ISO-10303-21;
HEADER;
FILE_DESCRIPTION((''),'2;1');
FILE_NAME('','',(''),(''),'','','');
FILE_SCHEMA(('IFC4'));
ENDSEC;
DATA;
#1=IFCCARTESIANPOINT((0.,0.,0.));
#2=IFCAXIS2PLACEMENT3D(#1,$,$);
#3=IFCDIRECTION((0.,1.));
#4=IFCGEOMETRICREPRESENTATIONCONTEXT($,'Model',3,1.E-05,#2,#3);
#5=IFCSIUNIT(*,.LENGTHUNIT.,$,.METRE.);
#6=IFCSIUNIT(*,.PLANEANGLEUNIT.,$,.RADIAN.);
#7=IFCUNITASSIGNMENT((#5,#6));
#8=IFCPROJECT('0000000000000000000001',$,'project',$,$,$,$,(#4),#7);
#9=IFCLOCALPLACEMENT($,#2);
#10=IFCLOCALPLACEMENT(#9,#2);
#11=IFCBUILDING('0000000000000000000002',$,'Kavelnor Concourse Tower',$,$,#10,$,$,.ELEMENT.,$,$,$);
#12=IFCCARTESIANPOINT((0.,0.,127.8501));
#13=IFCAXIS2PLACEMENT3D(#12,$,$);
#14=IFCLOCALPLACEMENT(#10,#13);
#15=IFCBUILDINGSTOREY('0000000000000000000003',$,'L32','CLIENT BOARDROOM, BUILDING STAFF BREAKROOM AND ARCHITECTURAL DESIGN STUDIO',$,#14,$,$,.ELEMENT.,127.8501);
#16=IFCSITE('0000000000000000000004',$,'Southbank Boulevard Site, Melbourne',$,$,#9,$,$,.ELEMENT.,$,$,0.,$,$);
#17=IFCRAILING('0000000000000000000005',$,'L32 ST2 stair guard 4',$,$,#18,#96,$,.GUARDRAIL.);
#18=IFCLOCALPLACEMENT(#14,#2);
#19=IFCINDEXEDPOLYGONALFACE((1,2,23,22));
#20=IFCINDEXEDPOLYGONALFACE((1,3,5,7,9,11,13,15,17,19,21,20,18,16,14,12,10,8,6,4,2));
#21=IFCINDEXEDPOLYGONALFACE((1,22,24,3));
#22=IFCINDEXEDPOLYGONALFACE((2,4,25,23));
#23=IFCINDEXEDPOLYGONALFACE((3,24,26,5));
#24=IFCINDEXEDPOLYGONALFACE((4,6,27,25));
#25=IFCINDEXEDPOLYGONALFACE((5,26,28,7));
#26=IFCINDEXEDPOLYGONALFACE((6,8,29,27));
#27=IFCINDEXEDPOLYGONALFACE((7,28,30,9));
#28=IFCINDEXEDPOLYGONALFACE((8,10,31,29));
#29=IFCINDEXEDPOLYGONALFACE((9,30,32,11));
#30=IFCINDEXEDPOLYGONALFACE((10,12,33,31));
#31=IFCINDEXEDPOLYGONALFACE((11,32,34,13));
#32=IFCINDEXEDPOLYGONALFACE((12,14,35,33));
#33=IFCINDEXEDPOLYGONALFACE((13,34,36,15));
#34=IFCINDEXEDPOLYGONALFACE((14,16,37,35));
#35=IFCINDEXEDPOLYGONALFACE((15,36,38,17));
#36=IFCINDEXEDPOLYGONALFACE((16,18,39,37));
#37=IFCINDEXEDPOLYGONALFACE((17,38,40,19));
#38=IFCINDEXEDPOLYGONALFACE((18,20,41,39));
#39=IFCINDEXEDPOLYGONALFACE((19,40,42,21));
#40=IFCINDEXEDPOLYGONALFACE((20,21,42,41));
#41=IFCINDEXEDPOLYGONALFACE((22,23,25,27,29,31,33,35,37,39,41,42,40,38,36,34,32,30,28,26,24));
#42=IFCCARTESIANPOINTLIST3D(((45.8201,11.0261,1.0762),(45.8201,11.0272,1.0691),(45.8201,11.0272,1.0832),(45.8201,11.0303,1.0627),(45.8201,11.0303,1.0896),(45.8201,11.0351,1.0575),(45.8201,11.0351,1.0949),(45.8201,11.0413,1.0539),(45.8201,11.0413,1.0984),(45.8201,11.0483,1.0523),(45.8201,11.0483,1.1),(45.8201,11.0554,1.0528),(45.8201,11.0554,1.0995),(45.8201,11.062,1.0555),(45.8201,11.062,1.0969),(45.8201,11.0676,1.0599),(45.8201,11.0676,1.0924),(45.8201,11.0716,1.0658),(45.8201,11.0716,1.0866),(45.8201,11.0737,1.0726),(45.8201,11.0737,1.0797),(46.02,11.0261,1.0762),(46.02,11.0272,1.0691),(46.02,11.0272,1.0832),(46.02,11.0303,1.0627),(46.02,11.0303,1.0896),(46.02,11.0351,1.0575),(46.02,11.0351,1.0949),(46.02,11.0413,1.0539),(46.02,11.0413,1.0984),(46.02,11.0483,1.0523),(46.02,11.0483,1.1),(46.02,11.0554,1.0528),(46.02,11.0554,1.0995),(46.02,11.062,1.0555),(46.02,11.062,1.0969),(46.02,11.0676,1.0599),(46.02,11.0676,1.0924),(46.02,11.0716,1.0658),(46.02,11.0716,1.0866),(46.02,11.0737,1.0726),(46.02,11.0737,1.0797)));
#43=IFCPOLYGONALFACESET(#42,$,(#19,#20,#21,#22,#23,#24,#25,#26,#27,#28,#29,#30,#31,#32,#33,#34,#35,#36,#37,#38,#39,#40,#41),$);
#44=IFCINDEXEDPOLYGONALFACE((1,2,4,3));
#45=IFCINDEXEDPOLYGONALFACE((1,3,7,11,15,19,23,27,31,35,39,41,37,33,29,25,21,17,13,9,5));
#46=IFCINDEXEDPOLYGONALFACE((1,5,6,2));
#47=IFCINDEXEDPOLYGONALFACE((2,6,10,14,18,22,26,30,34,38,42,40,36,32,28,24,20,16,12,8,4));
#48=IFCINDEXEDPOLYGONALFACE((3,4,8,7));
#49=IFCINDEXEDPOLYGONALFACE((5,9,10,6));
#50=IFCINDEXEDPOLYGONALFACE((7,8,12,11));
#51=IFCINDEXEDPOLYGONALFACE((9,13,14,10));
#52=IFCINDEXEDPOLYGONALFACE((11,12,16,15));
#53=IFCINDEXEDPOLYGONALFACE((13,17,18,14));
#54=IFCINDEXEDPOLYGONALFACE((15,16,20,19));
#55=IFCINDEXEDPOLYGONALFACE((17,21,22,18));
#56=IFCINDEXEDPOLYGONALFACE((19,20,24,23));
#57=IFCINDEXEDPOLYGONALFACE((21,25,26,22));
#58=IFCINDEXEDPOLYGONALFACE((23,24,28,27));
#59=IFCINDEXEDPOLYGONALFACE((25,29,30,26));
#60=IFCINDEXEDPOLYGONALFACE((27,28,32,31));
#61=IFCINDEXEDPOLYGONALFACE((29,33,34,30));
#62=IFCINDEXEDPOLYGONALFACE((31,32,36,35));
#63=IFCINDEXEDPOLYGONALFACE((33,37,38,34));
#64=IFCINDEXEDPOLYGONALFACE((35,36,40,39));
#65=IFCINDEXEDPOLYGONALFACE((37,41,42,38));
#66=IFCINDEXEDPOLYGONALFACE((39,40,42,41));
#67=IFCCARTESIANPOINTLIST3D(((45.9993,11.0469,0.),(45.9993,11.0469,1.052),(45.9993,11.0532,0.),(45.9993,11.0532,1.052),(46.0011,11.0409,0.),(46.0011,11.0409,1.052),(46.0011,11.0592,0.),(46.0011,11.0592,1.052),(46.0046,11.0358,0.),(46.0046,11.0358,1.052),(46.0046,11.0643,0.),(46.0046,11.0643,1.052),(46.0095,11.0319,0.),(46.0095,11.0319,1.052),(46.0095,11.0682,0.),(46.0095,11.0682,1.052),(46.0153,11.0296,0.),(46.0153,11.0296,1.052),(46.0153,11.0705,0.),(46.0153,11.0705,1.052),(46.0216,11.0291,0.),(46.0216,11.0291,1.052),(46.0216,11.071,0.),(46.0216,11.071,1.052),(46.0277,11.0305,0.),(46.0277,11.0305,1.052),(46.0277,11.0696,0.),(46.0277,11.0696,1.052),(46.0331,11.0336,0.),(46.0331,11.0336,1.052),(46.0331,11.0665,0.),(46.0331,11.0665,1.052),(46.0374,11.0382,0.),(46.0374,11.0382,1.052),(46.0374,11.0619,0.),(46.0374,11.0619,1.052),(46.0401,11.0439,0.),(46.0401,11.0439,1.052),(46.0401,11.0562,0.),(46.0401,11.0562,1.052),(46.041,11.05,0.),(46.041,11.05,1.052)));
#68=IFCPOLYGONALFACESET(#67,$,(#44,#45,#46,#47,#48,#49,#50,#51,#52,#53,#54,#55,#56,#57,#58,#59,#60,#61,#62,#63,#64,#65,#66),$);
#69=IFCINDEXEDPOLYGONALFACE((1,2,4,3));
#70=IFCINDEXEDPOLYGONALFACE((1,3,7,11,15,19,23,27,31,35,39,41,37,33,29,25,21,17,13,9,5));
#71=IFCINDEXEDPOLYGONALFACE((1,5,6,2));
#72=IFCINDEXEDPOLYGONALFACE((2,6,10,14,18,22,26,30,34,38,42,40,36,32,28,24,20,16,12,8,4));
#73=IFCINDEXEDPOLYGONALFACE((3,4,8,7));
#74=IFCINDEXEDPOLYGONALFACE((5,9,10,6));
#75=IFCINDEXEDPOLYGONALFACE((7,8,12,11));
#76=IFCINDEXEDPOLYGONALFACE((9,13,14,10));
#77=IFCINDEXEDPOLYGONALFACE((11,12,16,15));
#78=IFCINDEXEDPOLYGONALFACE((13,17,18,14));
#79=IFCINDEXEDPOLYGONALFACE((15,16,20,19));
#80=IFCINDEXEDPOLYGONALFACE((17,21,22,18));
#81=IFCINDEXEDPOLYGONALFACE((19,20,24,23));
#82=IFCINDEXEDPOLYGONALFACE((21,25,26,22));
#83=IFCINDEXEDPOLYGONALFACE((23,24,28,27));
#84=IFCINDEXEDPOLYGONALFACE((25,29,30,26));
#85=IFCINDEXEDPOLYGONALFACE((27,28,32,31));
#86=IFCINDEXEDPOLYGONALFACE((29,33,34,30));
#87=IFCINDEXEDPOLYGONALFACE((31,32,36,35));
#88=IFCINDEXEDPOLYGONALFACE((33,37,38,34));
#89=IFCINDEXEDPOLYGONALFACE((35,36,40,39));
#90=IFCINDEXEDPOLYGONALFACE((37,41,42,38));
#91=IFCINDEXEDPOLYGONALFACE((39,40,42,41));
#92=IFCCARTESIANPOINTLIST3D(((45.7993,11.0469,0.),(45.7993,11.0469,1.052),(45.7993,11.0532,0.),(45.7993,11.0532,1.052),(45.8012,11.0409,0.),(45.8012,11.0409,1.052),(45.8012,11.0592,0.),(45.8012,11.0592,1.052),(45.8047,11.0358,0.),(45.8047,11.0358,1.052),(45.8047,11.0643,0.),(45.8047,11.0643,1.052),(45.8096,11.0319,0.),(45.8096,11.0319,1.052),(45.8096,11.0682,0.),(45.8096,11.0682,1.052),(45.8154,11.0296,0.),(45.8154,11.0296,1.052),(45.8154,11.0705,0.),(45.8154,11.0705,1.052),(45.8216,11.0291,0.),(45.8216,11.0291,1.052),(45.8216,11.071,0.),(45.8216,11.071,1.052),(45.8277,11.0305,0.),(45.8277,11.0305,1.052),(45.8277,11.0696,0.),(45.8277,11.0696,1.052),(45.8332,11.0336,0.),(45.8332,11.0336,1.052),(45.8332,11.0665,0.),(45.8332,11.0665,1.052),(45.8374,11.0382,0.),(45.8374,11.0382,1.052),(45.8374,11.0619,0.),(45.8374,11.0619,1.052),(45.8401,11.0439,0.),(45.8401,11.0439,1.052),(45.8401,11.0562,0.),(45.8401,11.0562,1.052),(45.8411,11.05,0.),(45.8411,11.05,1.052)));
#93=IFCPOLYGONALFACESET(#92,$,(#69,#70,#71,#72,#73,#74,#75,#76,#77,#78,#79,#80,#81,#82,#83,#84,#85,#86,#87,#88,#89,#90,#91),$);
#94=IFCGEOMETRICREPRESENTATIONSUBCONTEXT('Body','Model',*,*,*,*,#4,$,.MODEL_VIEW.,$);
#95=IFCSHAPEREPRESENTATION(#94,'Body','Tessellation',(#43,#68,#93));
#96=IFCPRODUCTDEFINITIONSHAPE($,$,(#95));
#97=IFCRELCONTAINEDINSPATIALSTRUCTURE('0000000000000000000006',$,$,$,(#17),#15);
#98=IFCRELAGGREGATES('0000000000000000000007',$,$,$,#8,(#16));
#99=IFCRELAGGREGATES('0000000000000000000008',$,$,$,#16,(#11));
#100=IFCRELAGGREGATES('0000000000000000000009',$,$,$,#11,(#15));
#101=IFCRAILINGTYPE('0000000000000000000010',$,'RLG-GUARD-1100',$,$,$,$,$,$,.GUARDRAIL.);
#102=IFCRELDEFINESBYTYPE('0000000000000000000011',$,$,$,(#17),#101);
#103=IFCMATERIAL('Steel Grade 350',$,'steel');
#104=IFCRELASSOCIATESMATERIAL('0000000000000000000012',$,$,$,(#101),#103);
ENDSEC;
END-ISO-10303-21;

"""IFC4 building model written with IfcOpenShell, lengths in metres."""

from ifc_helpers import new_model, si_unit, direction, frame, origin, origin_2d, place, context, subcontext, project, spatial, circle, extrude, material, type_object, element, save


model = new_model("IFC4")

# Units and contexts
model_context = context("Model", 3, precision=1e-05, world=origin(), true_north=direction((0.0, 1.0)))
body_context = subcontext(model_context, "Body", "Model", "MODEL_VIEW")
ifc_project = project(units=[si_unit("LENGTHUNIT", "METRE"), si_unit("PLANEANGLEUNIT", "RADIAN")], contexts=[model_context])

# Site, building, storey
site_placement = place(None, origin())
site = spatial("IfcSite", under=ifc_project, at=site_placement, Name="Southbank Boulevard Site, Melbourne", CompositionType="ELEMENT", RefElevation=0.0)
building_placement = place(site_placement, origin())
building = spatial("IfcBuilding", under=site, at=building_placement, Name="Kavelnor Concourse Tower", CompositionType="ELEMENT")
storey_placement = place(building_placement, frame((0.0, 0.0, 127.8501)))
storey = spatial("IfcBuildingStorey", under=building, at=storey_placement, Name="L32", Description="CLIENT BOARDROOM, BUILDING STAFF BREAKROOM AND ARCHITECTURAL DESIGN STUDIO", CompositionType="ELEMENT", Elevation=127.8501)

# Shared definitions
ifc_material_1 = material(Name="Steel Grade 350", Category="steel")

# Railing
railing_type_1 = type_object("IfcRailingType", Name="RLG-GUARD-1100", PredefinedType="GUARDRAIL", material=ifc_material_1)
railing_1_placement = place(storey_placement, frame((46.02, 11.05, 0.0)))
element("IfcRailing", 1, at=railing_1_placement, inside=storey, type_object=railing_type_1, Name="L32 ST2 stair guard 4", PredefinedType="GUARDRAIL", context=body_context, shape_type="SweptSolid", body=[
    extrude(circle(Radius=0.0239, at=origin_2d()), frame((0.0, 0.0, 1.0762), z_axis=(-1.0, 0.0, 0.0), x_axis=(0.0, -1.0, 0.0)), (0.0, 0.0, 1.0), 0.2),
    extrude(circle(Radius=0.021, at=origin_2d()), origin(), (0.0, 0.0, 1.0), 1.052),
    extrude(circle(Radius=0.021, at=origin_2d()), frame((-0.2, 0.0, 0.0)), (0.0, 0.0, 1.0), 1.052),
])

save(model, "model.ifc")
